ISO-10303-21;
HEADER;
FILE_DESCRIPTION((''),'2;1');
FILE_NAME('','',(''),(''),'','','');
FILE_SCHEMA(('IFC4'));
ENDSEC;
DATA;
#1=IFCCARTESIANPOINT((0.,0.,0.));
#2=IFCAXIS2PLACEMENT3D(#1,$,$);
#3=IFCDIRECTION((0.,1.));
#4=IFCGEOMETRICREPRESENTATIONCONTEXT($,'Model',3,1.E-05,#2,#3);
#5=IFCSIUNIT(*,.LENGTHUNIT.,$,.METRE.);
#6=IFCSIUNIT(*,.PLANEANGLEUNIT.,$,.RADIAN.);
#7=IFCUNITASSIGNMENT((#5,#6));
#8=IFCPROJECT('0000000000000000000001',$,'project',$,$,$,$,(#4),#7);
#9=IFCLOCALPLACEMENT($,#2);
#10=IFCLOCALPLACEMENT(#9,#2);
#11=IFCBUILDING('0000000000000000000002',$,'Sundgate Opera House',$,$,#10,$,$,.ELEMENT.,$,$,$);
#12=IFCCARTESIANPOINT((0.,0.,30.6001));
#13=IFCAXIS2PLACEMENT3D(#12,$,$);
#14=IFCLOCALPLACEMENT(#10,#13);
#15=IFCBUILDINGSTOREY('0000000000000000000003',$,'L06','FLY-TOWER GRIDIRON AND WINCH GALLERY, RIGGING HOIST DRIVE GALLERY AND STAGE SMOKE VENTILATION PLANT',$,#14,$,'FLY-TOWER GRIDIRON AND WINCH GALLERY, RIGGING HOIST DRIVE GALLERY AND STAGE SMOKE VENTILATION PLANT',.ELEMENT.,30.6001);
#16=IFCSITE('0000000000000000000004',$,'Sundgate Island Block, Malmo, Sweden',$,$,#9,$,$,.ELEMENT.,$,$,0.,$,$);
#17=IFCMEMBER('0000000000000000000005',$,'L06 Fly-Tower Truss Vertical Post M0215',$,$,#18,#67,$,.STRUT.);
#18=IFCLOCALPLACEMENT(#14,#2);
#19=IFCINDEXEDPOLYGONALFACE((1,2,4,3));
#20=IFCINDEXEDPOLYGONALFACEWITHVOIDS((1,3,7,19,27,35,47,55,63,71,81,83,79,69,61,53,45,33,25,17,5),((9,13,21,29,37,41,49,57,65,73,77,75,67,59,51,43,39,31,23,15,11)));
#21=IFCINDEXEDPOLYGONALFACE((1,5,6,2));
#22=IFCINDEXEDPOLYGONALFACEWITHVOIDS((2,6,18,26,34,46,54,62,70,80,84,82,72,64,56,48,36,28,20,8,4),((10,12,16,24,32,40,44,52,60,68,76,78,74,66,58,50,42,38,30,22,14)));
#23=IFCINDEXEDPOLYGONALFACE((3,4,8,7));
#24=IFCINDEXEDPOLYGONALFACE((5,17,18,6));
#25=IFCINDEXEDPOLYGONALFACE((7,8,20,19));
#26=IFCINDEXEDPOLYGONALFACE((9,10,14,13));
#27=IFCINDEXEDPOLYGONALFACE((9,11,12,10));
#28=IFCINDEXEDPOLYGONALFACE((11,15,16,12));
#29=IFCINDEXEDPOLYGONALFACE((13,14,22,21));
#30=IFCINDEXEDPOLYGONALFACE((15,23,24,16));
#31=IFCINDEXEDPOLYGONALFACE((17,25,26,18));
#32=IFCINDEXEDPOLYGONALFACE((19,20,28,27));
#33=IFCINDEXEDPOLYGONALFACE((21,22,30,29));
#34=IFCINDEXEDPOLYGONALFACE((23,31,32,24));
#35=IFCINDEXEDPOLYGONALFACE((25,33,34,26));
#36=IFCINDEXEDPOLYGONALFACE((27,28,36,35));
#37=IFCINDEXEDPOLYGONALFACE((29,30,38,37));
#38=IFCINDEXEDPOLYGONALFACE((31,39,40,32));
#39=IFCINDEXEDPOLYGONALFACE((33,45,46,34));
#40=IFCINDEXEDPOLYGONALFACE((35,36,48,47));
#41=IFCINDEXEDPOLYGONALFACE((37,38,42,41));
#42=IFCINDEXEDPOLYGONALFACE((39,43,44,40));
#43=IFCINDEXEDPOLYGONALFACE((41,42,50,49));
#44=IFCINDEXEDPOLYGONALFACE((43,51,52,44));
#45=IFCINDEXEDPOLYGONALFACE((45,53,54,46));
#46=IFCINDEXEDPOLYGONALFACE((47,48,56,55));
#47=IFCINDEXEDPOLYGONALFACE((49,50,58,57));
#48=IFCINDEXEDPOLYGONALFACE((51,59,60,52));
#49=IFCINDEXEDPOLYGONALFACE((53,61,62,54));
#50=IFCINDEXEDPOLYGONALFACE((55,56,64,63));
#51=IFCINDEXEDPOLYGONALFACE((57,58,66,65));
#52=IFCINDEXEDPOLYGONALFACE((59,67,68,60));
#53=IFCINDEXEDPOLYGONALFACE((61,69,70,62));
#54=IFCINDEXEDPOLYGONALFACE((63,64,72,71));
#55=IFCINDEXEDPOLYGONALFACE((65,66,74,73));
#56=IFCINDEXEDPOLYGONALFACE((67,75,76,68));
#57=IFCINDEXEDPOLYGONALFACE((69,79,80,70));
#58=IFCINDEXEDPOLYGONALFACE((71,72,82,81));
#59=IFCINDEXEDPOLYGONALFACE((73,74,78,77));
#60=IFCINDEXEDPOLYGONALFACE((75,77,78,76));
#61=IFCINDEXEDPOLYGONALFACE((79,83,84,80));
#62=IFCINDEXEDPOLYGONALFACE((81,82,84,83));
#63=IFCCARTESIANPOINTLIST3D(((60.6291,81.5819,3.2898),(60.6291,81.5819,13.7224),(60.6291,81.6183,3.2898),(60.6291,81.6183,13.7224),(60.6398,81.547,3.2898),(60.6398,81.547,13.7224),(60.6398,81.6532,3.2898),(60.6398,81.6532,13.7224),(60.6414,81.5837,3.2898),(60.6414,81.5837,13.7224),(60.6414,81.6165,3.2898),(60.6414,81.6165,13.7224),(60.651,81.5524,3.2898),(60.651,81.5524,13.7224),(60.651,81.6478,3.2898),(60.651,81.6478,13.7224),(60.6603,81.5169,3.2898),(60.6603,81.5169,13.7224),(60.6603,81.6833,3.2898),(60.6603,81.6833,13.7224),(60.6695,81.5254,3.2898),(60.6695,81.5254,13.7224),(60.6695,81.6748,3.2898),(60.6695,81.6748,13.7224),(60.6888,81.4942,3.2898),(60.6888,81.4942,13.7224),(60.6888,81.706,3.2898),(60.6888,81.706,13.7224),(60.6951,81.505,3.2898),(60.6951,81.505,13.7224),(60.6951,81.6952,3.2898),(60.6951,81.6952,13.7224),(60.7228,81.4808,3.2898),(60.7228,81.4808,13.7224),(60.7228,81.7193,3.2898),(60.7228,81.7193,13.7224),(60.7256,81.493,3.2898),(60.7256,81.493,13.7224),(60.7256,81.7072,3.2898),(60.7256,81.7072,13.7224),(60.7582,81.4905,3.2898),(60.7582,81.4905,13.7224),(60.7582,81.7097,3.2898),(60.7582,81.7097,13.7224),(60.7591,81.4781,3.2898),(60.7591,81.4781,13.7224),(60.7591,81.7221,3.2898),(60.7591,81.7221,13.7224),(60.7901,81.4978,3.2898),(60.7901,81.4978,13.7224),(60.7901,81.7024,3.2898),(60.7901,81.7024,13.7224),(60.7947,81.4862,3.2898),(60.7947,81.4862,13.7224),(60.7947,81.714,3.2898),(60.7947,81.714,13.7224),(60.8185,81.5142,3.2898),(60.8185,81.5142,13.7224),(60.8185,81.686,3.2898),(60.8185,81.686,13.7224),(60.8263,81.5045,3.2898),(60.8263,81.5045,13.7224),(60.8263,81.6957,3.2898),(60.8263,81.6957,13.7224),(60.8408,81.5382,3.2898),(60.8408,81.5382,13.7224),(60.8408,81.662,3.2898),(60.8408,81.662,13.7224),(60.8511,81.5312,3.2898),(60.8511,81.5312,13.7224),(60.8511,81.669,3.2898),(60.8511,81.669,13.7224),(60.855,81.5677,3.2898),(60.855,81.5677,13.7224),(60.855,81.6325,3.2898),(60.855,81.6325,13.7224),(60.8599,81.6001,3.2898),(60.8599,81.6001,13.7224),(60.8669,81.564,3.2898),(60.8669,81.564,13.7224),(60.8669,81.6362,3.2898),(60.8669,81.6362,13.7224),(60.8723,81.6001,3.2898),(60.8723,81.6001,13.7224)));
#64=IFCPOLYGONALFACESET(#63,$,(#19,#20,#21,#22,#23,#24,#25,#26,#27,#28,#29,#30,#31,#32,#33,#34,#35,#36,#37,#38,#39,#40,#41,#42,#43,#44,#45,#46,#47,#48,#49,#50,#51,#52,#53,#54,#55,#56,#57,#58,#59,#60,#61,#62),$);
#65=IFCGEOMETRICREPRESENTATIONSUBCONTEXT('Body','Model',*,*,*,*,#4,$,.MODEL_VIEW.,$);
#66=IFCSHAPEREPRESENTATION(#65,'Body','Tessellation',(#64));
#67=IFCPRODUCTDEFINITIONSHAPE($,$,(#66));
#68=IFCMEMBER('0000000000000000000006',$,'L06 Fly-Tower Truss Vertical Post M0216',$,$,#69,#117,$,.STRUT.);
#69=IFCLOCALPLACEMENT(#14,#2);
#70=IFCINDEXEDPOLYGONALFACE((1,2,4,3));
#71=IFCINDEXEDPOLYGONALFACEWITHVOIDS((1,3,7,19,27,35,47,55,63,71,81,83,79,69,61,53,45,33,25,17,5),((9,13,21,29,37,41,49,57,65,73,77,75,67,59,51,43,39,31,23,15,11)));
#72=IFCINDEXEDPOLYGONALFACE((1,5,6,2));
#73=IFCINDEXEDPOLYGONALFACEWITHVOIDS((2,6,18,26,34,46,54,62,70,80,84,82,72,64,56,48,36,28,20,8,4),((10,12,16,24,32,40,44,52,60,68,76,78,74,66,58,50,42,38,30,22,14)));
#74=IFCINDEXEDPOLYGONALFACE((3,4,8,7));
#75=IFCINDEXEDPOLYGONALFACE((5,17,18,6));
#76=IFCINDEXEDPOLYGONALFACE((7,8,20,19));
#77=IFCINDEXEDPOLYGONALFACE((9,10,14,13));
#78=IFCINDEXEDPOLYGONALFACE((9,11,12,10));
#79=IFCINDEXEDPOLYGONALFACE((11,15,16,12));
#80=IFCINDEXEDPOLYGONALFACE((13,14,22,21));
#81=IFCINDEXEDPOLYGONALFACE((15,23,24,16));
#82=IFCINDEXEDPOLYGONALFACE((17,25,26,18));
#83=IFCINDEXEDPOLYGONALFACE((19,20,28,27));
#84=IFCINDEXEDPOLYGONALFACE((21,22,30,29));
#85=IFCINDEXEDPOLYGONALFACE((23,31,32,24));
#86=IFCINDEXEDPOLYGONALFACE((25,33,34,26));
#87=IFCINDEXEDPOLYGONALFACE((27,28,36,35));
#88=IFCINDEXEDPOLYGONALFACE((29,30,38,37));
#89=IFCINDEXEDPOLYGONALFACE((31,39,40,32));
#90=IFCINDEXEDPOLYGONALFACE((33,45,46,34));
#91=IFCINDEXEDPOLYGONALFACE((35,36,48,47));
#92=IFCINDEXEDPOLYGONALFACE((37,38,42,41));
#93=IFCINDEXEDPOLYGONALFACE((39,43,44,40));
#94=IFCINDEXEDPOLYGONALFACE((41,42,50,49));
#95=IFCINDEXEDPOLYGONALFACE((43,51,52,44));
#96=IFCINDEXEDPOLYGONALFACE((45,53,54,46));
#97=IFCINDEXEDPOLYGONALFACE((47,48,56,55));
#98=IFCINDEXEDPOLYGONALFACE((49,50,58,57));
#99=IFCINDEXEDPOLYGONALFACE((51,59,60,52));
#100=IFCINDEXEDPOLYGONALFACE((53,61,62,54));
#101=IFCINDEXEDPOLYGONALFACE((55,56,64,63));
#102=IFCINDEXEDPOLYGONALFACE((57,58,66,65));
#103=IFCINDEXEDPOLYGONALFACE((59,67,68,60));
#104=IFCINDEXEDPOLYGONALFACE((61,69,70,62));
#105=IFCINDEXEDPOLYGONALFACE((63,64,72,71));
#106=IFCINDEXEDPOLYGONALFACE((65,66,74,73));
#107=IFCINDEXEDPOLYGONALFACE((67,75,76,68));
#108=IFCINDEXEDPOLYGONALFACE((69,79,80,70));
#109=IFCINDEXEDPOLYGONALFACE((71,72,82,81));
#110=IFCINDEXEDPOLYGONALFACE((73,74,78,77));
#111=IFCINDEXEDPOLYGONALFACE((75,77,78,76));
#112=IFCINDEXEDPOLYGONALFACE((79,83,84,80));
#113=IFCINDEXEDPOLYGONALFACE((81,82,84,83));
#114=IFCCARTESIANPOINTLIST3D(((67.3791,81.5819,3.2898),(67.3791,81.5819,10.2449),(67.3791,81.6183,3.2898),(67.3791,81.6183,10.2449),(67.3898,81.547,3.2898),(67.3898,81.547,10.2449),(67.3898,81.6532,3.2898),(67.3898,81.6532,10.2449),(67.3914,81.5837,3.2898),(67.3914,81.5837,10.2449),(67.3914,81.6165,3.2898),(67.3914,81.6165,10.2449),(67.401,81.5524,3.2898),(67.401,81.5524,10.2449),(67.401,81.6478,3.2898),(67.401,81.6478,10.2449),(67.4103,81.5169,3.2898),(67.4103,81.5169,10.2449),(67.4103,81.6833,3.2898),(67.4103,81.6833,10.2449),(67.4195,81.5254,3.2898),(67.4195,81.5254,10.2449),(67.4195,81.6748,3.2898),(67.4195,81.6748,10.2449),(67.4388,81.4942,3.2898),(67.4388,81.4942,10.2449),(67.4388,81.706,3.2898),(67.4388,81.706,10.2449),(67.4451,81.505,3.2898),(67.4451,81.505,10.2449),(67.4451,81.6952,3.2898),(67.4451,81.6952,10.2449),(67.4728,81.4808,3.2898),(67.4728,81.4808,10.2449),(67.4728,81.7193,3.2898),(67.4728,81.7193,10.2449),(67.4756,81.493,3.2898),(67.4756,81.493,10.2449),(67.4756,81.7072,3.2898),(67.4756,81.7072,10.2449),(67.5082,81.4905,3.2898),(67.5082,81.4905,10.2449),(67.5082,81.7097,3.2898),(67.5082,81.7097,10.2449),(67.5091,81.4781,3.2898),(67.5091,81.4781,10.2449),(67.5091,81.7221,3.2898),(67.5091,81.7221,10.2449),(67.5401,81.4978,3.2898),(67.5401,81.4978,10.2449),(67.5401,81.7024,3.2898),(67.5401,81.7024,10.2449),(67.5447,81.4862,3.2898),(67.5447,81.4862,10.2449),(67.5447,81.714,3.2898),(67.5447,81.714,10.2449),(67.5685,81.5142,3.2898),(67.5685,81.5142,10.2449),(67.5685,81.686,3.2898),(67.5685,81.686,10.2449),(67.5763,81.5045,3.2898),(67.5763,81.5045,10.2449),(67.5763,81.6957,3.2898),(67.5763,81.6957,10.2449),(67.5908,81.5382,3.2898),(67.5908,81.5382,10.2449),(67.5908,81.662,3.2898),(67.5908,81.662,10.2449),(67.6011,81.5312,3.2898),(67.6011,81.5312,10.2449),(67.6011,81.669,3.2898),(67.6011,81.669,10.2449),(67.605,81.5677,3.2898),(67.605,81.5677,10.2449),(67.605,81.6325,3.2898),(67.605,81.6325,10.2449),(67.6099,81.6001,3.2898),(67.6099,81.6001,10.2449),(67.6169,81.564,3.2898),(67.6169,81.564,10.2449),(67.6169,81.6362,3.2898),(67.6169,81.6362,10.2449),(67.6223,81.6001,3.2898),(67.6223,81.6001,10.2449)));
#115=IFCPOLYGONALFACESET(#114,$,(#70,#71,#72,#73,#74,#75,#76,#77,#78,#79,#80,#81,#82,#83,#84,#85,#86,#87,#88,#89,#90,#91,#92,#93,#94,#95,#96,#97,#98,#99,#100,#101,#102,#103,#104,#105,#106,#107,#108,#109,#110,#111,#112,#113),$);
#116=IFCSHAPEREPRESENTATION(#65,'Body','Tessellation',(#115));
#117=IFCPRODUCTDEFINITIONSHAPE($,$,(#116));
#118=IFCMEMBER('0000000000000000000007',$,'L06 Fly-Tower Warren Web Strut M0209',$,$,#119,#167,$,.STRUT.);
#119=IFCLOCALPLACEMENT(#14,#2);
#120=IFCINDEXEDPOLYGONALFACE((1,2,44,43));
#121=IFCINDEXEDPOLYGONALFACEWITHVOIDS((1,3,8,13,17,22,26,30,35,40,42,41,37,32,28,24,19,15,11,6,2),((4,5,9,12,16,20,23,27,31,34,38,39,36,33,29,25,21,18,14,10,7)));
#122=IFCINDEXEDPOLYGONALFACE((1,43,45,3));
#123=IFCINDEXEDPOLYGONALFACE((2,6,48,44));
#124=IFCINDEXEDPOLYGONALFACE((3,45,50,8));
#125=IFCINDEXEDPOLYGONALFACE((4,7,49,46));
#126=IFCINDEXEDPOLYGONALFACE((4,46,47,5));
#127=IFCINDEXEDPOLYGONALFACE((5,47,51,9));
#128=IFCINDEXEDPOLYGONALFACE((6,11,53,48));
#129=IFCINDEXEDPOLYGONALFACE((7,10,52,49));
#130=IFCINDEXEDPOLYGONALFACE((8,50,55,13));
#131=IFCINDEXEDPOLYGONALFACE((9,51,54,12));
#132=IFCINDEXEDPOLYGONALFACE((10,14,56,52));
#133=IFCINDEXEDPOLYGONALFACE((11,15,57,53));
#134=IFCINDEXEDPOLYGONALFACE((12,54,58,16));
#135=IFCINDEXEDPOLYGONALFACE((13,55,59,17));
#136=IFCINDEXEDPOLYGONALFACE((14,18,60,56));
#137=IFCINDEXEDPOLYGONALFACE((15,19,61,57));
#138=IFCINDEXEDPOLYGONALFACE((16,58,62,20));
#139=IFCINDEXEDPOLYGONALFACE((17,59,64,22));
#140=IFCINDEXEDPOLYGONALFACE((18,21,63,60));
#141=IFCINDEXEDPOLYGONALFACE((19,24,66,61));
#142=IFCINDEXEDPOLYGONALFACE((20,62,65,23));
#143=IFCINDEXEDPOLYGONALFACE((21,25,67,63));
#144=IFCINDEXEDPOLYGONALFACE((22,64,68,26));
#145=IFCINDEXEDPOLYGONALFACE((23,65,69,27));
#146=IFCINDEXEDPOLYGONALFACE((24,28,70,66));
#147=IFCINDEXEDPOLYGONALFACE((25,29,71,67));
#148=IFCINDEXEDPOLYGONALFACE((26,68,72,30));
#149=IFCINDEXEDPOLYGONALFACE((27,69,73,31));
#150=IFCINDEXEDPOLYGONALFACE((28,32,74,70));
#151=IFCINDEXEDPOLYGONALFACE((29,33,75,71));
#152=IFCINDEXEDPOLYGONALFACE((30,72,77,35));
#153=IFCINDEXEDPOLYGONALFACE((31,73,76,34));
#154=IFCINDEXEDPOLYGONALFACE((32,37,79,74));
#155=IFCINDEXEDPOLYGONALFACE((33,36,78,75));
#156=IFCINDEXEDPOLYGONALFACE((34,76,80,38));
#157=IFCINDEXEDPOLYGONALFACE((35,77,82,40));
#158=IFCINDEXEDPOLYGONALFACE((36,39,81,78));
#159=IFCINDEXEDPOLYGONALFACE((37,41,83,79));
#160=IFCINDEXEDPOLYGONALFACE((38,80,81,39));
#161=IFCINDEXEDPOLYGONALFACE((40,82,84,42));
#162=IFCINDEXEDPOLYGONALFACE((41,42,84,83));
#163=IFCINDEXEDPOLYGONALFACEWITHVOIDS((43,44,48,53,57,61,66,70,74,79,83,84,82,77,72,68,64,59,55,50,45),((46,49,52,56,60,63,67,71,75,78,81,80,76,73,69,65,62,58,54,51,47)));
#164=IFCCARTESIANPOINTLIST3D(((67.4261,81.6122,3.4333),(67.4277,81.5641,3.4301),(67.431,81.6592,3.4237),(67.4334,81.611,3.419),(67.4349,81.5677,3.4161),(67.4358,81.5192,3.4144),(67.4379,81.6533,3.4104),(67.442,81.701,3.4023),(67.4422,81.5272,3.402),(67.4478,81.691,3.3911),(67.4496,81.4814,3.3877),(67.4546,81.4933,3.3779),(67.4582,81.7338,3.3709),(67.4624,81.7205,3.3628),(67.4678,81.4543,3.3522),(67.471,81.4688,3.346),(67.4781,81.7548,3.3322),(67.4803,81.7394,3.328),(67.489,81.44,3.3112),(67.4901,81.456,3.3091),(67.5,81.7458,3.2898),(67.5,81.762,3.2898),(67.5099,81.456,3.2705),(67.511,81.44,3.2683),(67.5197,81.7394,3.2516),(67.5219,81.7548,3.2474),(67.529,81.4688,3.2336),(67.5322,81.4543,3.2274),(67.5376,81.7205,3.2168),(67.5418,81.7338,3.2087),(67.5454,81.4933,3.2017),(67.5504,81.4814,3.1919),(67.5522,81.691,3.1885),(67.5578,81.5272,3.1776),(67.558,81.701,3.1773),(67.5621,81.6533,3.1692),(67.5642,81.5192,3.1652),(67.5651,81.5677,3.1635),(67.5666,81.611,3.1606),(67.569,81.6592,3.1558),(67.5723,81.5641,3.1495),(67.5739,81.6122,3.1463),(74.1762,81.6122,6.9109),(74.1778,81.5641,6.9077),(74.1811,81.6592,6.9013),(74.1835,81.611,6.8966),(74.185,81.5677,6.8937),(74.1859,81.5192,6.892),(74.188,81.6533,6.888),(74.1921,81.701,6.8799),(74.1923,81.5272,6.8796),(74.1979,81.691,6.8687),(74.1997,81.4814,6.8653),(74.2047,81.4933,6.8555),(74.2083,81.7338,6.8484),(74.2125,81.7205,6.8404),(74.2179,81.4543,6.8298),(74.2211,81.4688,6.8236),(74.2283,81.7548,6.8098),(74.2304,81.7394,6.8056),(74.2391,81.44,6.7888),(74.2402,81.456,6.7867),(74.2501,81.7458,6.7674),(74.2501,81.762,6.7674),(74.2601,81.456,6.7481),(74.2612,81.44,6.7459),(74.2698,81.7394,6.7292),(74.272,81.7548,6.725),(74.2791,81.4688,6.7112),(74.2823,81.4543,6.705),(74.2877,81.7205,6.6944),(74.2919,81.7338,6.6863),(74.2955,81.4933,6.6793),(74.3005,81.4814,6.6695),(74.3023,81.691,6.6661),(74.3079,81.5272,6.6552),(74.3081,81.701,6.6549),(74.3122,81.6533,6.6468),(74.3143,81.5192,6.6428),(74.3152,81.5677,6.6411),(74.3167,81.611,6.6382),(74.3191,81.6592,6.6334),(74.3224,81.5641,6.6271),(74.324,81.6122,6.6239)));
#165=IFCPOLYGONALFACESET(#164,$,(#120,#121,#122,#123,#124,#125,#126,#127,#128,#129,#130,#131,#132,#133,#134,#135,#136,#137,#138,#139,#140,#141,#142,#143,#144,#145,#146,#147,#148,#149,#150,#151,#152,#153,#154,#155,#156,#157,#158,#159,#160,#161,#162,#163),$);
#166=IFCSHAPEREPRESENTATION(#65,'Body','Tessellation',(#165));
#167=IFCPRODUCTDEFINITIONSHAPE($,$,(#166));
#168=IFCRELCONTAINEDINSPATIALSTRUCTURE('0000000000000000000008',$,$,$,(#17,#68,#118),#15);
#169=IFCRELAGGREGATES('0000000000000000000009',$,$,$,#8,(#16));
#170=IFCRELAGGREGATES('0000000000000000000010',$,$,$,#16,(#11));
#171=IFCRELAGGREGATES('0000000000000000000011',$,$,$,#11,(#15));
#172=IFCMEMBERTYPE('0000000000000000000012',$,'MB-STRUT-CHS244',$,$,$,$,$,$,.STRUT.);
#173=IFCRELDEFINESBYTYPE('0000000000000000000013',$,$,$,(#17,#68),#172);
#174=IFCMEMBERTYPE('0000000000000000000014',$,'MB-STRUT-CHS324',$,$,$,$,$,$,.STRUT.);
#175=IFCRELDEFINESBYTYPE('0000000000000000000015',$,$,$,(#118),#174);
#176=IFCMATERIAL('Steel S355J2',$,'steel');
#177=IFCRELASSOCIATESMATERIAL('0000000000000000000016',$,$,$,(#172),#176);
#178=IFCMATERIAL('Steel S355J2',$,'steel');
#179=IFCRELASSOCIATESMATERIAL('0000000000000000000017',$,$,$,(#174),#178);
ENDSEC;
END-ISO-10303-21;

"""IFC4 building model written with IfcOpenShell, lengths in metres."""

from ifc_helpers import new_model, si_unit, direction, frame, origin, origin_2d, place, context, subcontext, project, spatial, hollow_circle, extrude, material, material_profile, profile_set, type_object, element, save


model = new_model("IFC4")

# Units and contexts
model_context = context("Model", 3, precision=1e-05, world=origin(), true_north=direction((0.0, 1.0)))
body_context = subcontext(model_context, "Body", "Model", "MODEL_VIEW")
ifc_project = project(units=[si_unit("LENGTHUNIT", "METRE"), si_unit("PLANEANGLEUNIT", "RADIAN")], contexts=[model_context])

# Site, building, storey
site_placement = place(None, origin())
site = spatial("IfcSite", under=ifc_project, at=site_placement, Name="Sundgate Island Block, Malmo, Sweden", CompositionType="ELEMENT", RefElevation=0.0)
building_placement = place(site_placement, origin())
building = spatial("IfcBuilding", under=site, at=building_placement, Name="Sundgate Opera House", CompositionType="ELEMENT")
storey_placement = place(building_placement, frame((0.0, 0.0, 30.6001)))
storey = spatial("IfcBuildingStorey", under=building, at=storey_placement, Name="L06", Description="FLY-TOWER GRIDIRON AND WINCH GALLERY, RIGGING HOIST DRIVE GALLERY AND STAGE SMOKE VENTILATION PLANT", LongName="FLY-TOWER GRIDIRON AND WINCH GALLERY, RIGGING HOIST DRIVE GALLERY AND STAGE SMOKE VENTILATION PLANT", CompositionType="ELEMENT", Elevation=30.6001)

# Members
ifc_material_1 = material(Name="Steel S355J2", Category="steel")
ifc_material_profile_1 = material_profile(ifc_material_1, hollow_circle(Radius=0.1223, WallThickness=0.0125, at=origin_2d()), Name="CHS 244.5x12.5")
ifc_profile_set_1 = profile_set([ifc_material_profile_1], Name="Steel S355J2")
member_type_1 = type_object("IfcMemberType", Name="MB-STRUT-CHS244", PredefinedType="STRUT", material=ifc_profile_set_1)
member_1_placement = place(storey_placement, frame((60.75, 81.6001, 3.2898), z_axis=(0.0, 0.0, 1.0), x_axis=(1.0, 0.0, 0.0)))
element("IfcMember", 1, at=member_1_placement, inside=storey, type_object=member_type_1, Name="L06 Fly-Tower Truss Vertical Post M0215", PredefinedType="STRUT", context=body_context, shape_type="SweptSolid", body=[
    extrude(hollow_circle(Radius=0.1223, WallThickness=0.0125, at=origin_2d()), origin(), (0.0, 0.0, 1.0), 10.4326),
])
member_2_placement = place(storey_placement, frame((67.5, 81.6001, 3.2898), z_axis=(0.0, 0.0, 1.0), x_axis=(1.0, 0.0, 0.0)))
element("IfcMember", 2, at=member_2_placement, inside=storey, type_object=member_type_1, Name="L06 Fly-Tower Truss Vertical Post M0216", PredefinedType="STRUT", context=body_context, shape_type="SweptSolid", body=[
    extrude(hollow_circle(Radius=0.1223, WallThickness=0.0125, at=origin_2d()), origin(), (0.0, 0.0, 1.0), 6.9551),
])
ifc_material_2 = material(Name="Steel S355J2", Category="steel")
ifc_material_profile_2 = material_profile(ifc_material_2, hollow_circle(Radius=0.1619, WallThickness=0.0161, at=origin_2d()), Name="CHS 323.9x16.0")
ifc_profile_set_2 = profile_set([ifc_material_profile_2], Name="Steel S355J2")
member_type_2 = type_object("IfcMemberType", Name="MB-STRUT-CHS324", PredefinedType="STRUT", material=ifc_profile_set_2)
for number, where, z_axis, x_axis, name in (
    (3, (67.5, 81.6001, 3.2898), (0.88896, 0.0, 0.457984), (0.0, 1.0, 0.0), "L06 Fly-Tower Warren Web Strut M0209"),
):
    element("IfcMember", number, at=place(storey_placement, frame(where, z_axis=z_axis, x_axis=x_axis)), inside=storey, type_object=member_type_2, Name=name, PredefinedType="STRUT", context=body_context, shape_type="SweptSolid", body=[
        extrude(hollow_circle(Radius=0.1619, WallThickness=0.0161, at=origin_2d()), origin(), (0.0, 0.0, 1.0), 7.5933),
    ])

save(model, "model.ifc")
